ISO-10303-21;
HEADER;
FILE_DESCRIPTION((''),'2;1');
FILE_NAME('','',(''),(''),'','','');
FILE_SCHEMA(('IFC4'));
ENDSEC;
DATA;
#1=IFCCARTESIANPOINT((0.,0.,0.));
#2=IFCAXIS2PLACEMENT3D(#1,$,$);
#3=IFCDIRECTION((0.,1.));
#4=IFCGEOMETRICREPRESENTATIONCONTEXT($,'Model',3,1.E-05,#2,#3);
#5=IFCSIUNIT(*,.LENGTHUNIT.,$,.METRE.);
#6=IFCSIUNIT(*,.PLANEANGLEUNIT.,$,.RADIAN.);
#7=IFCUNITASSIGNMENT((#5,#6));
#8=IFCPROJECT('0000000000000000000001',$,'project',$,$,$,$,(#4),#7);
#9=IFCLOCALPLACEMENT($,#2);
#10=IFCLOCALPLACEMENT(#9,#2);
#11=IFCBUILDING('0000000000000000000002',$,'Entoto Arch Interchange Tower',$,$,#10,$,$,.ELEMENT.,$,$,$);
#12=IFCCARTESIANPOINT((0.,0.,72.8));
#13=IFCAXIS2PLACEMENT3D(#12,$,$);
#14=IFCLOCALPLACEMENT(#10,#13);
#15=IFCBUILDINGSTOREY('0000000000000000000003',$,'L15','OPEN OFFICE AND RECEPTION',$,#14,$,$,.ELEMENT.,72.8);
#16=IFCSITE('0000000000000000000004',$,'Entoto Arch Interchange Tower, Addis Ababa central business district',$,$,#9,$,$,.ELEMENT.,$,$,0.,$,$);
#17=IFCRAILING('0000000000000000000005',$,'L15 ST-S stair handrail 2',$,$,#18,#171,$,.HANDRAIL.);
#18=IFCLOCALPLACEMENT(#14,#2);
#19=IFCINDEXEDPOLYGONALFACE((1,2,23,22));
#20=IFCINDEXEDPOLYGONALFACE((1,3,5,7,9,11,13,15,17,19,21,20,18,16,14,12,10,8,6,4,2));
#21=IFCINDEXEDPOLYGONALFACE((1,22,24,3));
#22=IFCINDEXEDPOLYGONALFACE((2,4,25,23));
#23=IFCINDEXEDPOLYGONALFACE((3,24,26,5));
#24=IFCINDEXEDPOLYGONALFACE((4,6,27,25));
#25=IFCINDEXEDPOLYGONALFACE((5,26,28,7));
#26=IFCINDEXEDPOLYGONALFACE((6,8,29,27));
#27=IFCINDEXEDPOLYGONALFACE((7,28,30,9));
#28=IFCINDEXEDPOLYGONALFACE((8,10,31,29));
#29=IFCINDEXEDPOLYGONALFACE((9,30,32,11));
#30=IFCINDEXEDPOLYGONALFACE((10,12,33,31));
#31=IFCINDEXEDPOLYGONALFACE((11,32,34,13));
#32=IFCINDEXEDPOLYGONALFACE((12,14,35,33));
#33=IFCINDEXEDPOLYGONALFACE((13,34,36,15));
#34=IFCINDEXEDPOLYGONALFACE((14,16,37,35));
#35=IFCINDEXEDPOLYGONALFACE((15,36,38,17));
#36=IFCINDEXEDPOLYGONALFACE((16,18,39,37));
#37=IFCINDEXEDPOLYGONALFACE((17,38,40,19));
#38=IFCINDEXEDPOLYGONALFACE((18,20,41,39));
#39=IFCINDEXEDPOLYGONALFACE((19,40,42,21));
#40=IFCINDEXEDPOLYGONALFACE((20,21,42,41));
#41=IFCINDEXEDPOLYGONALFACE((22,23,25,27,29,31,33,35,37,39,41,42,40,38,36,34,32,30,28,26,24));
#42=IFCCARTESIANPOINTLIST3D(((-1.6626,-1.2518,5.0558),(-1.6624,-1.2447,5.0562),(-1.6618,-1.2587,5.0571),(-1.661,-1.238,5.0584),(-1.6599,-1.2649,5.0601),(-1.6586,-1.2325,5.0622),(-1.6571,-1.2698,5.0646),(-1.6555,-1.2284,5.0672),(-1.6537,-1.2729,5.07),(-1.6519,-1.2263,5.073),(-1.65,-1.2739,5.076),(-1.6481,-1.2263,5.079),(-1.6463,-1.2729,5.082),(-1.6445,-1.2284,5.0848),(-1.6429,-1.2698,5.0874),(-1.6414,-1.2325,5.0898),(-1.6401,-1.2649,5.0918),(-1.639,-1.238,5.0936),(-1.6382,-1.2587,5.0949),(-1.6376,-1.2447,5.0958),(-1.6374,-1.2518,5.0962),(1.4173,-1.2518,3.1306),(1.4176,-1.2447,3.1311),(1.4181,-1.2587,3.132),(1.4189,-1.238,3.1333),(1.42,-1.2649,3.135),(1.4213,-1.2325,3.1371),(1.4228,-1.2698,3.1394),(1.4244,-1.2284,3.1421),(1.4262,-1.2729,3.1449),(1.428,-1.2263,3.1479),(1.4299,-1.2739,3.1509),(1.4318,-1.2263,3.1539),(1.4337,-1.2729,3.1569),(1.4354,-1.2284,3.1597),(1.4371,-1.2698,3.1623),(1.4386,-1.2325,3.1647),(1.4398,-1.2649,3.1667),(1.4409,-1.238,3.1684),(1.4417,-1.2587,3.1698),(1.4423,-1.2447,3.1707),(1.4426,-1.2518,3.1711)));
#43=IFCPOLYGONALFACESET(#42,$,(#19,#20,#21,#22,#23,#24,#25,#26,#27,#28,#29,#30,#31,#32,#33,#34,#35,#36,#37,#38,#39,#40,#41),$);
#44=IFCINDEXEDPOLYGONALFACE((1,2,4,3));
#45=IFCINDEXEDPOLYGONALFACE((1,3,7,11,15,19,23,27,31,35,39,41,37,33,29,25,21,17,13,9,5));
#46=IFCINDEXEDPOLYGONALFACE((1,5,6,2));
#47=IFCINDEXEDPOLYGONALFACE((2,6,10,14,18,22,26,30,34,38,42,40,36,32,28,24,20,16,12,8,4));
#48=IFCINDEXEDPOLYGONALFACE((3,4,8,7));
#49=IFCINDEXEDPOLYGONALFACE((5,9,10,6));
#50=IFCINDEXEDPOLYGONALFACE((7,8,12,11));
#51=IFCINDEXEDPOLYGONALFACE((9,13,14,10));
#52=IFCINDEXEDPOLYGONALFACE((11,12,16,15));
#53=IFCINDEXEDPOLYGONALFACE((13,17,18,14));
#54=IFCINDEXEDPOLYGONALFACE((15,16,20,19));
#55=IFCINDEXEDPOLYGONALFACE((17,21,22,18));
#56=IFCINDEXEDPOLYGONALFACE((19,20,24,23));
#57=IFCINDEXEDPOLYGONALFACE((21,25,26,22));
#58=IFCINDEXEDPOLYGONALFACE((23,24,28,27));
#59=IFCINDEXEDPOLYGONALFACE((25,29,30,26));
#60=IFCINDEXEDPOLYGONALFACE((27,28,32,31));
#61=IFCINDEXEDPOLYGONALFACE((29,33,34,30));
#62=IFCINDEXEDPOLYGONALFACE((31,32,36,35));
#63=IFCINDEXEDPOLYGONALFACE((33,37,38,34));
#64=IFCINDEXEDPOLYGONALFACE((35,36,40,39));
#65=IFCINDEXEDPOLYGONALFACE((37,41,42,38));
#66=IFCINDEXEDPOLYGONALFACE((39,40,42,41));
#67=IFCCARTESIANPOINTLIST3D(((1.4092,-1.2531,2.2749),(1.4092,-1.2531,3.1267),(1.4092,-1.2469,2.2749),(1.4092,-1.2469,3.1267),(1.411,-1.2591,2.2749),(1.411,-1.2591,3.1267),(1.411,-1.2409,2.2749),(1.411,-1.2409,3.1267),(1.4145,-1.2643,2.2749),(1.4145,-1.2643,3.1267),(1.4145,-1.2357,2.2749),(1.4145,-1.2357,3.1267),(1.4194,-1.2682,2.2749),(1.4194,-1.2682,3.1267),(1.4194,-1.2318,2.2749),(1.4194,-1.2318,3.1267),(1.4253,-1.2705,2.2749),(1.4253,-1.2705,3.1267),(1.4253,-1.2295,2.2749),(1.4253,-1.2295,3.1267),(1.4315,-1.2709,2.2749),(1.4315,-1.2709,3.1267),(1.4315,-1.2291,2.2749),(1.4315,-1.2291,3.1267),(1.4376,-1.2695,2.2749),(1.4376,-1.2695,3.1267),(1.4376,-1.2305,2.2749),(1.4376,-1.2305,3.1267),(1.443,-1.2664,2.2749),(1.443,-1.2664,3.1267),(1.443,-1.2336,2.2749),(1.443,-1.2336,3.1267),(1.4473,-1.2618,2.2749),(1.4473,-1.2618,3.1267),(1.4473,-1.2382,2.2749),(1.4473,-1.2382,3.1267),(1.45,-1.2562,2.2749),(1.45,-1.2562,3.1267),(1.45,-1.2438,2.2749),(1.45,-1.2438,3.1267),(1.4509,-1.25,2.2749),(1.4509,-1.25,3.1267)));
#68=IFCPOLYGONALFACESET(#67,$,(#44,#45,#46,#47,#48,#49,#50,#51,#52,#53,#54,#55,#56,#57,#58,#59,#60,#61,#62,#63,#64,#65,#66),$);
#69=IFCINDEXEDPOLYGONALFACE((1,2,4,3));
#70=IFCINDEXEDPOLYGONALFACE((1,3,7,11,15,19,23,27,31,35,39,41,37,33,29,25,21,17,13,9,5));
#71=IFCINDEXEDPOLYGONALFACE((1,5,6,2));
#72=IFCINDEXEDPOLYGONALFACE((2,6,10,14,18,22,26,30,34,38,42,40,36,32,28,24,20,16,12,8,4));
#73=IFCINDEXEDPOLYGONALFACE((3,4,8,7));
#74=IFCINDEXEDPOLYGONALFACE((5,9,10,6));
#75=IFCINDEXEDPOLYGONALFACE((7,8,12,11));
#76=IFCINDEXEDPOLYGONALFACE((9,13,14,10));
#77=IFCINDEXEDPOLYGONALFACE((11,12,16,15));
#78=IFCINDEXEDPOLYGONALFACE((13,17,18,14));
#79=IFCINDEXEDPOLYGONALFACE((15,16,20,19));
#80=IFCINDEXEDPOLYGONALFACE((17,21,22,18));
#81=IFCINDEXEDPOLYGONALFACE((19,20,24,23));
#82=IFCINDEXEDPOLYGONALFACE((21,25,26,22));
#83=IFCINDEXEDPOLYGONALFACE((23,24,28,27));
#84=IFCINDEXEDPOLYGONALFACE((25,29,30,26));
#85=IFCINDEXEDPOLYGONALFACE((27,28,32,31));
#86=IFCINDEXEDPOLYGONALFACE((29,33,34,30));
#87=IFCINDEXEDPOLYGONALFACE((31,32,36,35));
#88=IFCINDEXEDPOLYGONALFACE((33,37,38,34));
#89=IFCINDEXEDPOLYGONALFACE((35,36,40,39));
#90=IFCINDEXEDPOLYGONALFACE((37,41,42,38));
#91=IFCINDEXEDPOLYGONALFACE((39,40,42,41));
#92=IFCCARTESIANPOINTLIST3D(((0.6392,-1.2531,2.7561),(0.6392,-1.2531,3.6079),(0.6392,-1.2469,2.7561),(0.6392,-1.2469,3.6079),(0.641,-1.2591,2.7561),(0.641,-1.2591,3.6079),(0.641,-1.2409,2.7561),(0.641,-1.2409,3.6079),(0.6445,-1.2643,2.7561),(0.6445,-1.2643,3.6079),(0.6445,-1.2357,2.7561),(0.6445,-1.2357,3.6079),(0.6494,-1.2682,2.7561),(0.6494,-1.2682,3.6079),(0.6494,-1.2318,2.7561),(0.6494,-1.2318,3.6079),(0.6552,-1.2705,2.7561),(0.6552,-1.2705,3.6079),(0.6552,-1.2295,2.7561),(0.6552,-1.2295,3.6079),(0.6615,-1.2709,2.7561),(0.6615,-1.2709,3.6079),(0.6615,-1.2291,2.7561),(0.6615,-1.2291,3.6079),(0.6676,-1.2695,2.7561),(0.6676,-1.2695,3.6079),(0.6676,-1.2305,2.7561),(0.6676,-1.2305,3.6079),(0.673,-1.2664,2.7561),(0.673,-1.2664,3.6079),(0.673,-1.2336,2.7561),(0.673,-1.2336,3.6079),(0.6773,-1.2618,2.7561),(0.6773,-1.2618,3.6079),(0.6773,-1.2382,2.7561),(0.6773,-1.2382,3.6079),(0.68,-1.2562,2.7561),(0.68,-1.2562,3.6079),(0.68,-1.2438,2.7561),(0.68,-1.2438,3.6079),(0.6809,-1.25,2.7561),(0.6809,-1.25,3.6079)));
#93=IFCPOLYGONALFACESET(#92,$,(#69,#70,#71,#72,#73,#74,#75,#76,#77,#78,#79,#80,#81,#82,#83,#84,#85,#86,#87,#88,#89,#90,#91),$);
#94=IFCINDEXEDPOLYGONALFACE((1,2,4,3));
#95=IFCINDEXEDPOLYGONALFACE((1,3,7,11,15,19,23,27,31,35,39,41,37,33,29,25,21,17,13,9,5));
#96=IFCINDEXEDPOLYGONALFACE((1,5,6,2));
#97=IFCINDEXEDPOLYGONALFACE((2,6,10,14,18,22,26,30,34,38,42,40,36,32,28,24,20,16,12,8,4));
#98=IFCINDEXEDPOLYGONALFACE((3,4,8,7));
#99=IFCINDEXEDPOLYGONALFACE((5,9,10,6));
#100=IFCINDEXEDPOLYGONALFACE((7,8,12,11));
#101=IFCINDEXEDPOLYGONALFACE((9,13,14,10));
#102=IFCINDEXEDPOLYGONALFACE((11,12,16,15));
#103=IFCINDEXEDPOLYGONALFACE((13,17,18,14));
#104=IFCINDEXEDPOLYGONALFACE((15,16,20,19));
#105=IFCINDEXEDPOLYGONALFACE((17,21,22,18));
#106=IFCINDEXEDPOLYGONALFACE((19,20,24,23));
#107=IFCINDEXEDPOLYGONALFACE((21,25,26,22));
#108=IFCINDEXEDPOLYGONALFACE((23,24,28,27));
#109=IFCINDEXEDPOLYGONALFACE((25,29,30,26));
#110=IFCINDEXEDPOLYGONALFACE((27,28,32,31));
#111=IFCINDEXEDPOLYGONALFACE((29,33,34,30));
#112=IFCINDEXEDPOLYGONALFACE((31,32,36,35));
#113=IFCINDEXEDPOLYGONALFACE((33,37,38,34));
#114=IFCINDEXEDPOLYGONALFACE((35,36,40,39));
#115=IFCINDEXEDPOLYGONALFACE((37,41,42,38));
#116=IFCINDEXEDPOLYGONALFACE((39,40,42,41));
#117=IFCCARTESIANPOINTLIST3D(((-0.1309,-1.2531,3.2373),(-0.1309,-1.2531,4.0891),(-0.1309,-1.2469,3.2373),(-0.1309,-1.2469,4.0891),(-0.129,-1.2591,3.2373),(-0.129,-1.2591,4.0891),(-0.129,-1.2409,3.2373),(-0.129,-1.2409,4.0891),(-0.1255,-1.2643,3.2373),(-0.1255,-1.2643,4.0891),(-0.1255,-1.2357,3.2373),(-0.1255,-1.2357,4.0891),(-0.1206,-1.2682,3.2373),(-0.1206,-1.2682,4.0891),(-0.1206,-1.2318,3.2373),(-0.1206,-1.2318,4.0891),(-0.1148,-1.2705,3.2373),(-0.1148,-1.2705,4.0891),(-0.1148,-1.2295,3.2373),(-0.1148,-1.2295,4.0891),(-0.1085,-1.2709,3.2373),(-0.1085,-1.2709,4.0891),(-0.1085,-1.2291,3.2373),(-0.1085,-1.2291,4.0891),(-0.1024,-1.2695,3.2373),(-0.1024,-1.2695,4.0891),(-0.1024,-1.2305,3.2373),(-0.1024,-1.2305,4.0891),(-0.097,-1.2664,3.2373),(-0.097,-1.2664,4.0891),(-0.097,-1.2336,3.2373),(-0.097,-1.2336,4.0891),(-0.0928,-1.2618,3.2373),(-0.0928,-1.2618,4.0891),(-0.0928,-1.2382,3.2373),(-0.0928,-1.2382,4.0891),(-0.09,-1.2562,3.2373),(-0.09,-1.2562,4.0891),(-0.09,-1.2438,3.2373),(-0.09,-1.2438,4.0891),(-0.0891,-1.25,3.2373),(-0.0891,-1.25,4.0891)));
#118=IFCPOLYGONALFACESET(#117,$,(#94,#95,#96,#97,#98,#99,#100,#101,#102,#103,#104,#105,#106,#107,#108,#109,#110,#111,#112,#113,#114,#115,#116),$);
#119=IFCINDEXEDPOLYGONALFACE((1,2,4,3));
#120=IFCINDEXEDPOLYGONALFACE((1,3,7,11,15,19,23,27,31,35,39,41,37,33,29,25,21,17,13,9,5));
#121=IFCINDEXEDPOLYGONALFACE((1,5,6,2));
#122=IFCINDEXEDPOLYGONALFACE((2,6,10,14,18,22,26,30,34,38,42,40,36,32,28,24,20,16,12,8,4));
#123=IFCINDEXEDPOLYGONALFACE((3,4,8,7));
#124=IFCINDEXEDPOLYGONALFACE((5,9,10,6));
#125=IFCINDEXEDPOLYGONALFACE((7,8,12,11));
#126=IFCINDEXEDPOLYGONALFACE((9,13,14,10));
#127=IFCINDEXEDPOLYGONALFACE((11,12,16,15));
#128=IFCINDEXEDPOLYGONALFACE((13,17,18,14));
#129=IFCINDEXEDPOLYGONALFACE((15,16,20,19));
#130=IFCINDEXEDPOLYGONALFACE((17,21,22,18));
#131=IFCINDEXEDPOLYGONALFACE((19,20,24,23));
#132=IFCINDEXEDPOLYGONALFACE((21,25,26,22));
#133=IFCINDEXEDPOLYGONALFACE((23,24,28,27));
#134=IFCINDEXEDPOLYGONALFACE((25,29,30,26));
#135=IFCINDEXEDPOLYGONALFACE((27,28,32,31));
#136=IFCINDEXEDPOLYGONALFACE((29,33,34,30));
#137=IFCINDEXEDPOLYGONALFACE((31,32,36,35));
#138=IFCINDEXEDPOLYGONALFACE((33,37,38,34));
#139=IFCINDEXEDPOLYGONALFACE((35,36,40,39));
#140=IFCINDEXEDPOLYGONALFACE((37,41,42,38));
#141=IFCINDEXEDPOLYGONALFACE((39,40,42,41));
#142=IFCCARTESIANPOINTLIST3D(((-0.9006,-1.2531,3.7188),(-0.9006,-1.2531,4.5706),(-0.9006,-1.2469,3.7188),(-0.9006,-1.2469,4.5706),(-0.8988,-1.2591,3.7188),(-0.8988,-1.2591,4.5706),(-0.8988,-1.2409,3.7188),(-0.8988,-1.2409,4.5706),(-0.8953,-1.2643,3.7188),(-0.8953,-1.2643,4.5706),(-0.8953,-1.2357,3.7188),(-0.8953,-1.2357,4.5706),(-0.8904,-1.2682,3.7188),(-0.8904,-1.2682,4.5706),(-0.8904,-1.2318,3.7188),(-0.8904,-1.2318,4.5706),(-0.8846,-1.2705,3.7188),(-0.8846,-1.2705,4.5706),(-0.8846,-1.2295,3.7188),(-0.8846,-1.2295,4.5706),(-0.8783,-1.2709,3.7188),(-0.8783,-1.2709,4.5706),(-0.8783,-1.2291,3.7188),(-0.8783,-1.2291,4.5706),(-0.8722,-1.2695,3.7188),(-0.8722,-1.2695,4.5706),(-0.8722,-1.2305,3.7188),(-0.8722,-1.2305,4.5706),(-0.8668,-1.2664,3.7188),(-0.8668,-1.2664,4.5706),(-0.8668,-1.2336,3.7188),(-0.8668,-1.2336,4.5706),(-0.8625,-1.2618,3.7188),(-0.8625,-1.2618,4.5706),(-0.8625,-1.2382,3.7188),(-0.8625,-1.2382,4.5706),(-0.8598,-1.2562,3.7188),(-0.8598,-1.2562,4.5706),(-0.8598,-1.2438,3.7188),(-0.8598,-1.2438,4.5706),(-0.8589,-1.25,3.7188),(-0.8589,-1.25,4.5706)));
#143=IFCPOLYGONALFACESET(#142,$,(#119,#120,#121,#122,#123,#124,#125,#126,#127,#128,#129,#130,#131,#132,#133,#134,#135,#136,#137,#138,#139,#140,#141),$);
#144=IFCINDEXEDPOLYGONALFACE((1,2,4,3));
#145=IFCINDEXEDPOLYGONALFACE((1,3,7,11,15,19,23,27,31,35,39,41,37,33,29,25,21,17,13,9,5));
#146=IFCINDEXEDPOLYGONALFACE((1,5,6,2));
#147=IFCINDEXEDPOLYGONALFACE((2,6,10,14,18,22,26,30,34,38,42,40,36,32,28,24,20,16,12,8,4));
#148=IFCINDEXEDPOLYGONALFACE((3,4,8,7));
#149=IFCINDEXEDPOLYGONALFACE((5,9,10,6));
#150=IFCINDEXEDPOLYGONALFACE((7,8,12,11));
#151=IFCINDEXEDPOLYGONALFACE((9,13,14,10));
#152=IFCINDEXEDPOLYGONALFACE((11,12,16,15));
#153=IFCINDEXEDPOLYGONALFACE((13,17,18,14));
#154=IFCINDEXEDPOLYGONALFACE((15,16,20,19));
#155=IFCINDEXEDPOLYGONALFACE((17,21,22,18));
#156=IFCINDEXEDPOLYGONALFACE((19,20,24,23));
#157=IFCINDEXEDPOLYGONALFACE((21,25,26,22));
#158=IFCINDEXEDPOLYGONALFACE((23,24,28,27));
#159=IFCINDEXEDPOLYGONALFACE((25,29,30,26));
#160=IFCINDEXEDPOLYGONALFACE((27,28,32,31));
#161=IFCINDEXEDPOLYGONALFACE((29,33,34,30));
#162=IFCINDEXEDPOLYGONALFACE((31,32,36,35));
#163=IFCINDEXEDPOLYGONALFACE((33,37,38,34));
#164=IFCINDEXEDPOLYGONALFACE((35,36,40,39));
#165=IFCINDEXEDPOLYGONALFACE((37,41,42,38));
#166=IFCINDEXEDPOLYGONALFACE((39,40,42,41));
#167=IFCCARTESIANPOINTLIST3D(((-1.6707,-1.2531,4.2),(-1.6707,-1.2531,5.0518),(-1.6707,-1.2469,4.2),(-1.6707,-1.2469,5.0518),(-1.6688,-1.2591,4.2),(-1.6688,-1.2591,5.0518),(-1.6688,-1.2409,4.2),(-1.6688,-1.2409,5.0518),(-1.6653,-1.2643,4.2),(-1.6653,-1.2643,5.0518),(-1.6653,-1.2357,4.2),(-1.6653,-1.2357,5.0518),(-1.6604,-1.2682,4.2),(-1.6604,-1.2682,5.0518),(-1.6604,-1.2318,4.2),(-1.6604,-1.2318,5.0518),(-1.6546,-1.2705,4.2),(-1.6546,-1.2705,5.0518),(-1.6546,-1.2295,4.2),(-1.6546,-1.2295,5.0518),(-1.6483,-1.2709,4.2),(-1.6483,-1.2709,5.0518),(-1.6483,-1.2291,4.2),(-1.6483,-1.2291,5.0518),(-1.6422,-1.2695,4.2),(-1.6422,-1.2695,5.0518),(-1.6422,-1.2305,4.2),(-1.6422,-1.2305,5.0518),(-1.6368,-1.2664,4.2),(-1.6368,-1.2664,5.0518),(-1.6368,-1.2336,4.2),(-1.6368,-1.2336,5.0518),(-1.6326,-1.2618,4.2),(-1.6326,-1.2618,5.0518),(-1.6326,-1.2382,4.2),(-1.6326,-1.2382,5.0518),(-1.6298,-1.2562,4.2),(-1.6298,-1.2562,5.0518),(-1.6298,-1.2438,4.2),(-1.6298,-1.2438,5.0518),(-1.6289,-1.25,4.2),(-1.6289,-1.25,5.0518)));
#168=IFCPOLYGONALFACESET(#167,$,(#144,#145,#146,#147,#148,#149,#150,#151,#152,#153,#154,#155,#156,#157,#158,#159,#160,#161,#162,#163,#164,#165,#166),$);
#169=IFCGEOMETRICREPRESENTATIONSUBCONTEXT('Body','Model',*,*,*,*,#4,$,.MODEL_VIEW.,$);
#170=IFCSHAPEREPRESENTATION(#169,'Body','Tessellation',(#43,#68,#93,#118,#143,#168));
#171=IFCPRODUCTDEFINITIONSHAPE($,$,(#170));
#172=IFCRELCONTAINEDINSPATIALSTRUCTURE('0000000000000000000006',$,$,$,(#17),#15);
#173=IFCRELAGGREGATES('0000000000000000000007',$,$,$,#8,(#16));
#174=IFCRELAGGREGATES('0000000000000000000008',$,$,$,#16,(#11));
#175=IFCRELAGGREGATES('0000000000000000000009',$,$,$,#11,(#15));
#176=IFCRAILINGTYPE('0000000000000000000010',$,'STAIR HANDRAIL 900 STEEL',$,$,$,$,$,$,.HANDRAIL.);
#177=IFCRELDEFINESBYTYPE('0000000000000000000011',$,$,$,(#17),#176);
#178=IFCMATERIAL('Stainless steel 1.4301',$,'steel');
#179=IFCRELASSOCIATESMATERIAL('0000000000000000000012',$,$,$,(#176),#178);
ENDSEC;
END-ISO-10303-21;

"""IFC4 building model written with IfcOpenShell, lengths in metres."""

from ifc_helpers import new_model, si_unit, direction, frame, origin, origin_2d, place, context, subcontext, project, spatial, circle, extrude, material, type_object, element, save


model = new_model("IFC4")

# Units and contexts
model_context = context("Model", 3, precision=1e-05, world=origin(), true_north=direction((0.0, 1.0)))
body_context = subcontext(model_context, "Body", "Model", "MODEL_VIEW")
ifc_project = project(units=[si_unit("LENGTHUNIT", "METRE"), si_unit("PLANEANGLEUNIT", "RADIAN")], contexts=[model_context])

# Site, building, storey
site_placement = place(None, origin())
site = spatial("IfcSite", under=ifc_project, at=site_placement, Name="Entoto Arch Interchange Tower, Addis Ababa central business district", CompositionType="ELEMENT", RefElevation=0.0)
building_placement = place(site_placement, origin())
building = spatial("IfcBuilding", under=site, at=building_placement, Name="Entoto Arch Interchange Tower", CompositionType="ELEMENT")
storey_placement = place(building_placement, frame((0.0, 0.0, 72.8)))
storey = spatial("IfcBuildingStorey", under=building, at=storey_placement, Name="L15", Description="OPEN OFFICE AND RECEPTION", CompositionType="ELEMENT", Elevation=72.8)

# Railing
ifc_material_1 = material(Name="Stainless steel 1.4301", Category="steel")
railing_type_1 = type_object("IfcRailingType", Name="STAIR HANDRAIL 900 STEEL", PredefinedType="HANDRAIL", material=ifc_material_1)
railing_1_placement = place(storey_placement, frame((1.4299, -1.25, 2.2749)))
element("IfcRailing", 1, at=railing_1_placement, inside=storey, type_object=railing_type_1, Name="L15 ST-S stair handrail 2", PredefinedType="HANDRAIL", context=body_context, shape_type="SweptSolid", body=[
    extrude(circle(Radius=0.0239, at=origin_2d()), frame((0.0, 0.0, 0.876), z_axis=(-0.847979, 0.0, 0.530029), x_axis=(0.0, -1.0, 0.0)), (0.0, 0.0, 1.0), 3.6321),
    extrude(circle(Radius=0.021, at=origin_2d()), origin(), (0.0, 0.0, 1.0), 0.8518),
    extrude(circle(Radius=0.021, at=origin_2d()), frame((-0.77, 0.0, 0.4812)), (0.0, 0.0, 1.0), 0.8518),
    extrude(circle(Radius=0.021, at=origin_2d()), frame((-1.54, 0.0, 0.9624)), (0.0, 0.0, 1.0), 0.8518),
    extrude(circle(Radius=0.021, at=origin_2d()), frame((-2.3098, 0.0, 1.4438)), (0.0, 0.0, 1.0), 0.8518),
    extrude(circle(Radius=0.021, at=origin_2d()), frame((-3.0798, 0.0, 1.925)), (0.0, 0.0, 1.0), 0.8518),
])

save(model, "model.ifc")
